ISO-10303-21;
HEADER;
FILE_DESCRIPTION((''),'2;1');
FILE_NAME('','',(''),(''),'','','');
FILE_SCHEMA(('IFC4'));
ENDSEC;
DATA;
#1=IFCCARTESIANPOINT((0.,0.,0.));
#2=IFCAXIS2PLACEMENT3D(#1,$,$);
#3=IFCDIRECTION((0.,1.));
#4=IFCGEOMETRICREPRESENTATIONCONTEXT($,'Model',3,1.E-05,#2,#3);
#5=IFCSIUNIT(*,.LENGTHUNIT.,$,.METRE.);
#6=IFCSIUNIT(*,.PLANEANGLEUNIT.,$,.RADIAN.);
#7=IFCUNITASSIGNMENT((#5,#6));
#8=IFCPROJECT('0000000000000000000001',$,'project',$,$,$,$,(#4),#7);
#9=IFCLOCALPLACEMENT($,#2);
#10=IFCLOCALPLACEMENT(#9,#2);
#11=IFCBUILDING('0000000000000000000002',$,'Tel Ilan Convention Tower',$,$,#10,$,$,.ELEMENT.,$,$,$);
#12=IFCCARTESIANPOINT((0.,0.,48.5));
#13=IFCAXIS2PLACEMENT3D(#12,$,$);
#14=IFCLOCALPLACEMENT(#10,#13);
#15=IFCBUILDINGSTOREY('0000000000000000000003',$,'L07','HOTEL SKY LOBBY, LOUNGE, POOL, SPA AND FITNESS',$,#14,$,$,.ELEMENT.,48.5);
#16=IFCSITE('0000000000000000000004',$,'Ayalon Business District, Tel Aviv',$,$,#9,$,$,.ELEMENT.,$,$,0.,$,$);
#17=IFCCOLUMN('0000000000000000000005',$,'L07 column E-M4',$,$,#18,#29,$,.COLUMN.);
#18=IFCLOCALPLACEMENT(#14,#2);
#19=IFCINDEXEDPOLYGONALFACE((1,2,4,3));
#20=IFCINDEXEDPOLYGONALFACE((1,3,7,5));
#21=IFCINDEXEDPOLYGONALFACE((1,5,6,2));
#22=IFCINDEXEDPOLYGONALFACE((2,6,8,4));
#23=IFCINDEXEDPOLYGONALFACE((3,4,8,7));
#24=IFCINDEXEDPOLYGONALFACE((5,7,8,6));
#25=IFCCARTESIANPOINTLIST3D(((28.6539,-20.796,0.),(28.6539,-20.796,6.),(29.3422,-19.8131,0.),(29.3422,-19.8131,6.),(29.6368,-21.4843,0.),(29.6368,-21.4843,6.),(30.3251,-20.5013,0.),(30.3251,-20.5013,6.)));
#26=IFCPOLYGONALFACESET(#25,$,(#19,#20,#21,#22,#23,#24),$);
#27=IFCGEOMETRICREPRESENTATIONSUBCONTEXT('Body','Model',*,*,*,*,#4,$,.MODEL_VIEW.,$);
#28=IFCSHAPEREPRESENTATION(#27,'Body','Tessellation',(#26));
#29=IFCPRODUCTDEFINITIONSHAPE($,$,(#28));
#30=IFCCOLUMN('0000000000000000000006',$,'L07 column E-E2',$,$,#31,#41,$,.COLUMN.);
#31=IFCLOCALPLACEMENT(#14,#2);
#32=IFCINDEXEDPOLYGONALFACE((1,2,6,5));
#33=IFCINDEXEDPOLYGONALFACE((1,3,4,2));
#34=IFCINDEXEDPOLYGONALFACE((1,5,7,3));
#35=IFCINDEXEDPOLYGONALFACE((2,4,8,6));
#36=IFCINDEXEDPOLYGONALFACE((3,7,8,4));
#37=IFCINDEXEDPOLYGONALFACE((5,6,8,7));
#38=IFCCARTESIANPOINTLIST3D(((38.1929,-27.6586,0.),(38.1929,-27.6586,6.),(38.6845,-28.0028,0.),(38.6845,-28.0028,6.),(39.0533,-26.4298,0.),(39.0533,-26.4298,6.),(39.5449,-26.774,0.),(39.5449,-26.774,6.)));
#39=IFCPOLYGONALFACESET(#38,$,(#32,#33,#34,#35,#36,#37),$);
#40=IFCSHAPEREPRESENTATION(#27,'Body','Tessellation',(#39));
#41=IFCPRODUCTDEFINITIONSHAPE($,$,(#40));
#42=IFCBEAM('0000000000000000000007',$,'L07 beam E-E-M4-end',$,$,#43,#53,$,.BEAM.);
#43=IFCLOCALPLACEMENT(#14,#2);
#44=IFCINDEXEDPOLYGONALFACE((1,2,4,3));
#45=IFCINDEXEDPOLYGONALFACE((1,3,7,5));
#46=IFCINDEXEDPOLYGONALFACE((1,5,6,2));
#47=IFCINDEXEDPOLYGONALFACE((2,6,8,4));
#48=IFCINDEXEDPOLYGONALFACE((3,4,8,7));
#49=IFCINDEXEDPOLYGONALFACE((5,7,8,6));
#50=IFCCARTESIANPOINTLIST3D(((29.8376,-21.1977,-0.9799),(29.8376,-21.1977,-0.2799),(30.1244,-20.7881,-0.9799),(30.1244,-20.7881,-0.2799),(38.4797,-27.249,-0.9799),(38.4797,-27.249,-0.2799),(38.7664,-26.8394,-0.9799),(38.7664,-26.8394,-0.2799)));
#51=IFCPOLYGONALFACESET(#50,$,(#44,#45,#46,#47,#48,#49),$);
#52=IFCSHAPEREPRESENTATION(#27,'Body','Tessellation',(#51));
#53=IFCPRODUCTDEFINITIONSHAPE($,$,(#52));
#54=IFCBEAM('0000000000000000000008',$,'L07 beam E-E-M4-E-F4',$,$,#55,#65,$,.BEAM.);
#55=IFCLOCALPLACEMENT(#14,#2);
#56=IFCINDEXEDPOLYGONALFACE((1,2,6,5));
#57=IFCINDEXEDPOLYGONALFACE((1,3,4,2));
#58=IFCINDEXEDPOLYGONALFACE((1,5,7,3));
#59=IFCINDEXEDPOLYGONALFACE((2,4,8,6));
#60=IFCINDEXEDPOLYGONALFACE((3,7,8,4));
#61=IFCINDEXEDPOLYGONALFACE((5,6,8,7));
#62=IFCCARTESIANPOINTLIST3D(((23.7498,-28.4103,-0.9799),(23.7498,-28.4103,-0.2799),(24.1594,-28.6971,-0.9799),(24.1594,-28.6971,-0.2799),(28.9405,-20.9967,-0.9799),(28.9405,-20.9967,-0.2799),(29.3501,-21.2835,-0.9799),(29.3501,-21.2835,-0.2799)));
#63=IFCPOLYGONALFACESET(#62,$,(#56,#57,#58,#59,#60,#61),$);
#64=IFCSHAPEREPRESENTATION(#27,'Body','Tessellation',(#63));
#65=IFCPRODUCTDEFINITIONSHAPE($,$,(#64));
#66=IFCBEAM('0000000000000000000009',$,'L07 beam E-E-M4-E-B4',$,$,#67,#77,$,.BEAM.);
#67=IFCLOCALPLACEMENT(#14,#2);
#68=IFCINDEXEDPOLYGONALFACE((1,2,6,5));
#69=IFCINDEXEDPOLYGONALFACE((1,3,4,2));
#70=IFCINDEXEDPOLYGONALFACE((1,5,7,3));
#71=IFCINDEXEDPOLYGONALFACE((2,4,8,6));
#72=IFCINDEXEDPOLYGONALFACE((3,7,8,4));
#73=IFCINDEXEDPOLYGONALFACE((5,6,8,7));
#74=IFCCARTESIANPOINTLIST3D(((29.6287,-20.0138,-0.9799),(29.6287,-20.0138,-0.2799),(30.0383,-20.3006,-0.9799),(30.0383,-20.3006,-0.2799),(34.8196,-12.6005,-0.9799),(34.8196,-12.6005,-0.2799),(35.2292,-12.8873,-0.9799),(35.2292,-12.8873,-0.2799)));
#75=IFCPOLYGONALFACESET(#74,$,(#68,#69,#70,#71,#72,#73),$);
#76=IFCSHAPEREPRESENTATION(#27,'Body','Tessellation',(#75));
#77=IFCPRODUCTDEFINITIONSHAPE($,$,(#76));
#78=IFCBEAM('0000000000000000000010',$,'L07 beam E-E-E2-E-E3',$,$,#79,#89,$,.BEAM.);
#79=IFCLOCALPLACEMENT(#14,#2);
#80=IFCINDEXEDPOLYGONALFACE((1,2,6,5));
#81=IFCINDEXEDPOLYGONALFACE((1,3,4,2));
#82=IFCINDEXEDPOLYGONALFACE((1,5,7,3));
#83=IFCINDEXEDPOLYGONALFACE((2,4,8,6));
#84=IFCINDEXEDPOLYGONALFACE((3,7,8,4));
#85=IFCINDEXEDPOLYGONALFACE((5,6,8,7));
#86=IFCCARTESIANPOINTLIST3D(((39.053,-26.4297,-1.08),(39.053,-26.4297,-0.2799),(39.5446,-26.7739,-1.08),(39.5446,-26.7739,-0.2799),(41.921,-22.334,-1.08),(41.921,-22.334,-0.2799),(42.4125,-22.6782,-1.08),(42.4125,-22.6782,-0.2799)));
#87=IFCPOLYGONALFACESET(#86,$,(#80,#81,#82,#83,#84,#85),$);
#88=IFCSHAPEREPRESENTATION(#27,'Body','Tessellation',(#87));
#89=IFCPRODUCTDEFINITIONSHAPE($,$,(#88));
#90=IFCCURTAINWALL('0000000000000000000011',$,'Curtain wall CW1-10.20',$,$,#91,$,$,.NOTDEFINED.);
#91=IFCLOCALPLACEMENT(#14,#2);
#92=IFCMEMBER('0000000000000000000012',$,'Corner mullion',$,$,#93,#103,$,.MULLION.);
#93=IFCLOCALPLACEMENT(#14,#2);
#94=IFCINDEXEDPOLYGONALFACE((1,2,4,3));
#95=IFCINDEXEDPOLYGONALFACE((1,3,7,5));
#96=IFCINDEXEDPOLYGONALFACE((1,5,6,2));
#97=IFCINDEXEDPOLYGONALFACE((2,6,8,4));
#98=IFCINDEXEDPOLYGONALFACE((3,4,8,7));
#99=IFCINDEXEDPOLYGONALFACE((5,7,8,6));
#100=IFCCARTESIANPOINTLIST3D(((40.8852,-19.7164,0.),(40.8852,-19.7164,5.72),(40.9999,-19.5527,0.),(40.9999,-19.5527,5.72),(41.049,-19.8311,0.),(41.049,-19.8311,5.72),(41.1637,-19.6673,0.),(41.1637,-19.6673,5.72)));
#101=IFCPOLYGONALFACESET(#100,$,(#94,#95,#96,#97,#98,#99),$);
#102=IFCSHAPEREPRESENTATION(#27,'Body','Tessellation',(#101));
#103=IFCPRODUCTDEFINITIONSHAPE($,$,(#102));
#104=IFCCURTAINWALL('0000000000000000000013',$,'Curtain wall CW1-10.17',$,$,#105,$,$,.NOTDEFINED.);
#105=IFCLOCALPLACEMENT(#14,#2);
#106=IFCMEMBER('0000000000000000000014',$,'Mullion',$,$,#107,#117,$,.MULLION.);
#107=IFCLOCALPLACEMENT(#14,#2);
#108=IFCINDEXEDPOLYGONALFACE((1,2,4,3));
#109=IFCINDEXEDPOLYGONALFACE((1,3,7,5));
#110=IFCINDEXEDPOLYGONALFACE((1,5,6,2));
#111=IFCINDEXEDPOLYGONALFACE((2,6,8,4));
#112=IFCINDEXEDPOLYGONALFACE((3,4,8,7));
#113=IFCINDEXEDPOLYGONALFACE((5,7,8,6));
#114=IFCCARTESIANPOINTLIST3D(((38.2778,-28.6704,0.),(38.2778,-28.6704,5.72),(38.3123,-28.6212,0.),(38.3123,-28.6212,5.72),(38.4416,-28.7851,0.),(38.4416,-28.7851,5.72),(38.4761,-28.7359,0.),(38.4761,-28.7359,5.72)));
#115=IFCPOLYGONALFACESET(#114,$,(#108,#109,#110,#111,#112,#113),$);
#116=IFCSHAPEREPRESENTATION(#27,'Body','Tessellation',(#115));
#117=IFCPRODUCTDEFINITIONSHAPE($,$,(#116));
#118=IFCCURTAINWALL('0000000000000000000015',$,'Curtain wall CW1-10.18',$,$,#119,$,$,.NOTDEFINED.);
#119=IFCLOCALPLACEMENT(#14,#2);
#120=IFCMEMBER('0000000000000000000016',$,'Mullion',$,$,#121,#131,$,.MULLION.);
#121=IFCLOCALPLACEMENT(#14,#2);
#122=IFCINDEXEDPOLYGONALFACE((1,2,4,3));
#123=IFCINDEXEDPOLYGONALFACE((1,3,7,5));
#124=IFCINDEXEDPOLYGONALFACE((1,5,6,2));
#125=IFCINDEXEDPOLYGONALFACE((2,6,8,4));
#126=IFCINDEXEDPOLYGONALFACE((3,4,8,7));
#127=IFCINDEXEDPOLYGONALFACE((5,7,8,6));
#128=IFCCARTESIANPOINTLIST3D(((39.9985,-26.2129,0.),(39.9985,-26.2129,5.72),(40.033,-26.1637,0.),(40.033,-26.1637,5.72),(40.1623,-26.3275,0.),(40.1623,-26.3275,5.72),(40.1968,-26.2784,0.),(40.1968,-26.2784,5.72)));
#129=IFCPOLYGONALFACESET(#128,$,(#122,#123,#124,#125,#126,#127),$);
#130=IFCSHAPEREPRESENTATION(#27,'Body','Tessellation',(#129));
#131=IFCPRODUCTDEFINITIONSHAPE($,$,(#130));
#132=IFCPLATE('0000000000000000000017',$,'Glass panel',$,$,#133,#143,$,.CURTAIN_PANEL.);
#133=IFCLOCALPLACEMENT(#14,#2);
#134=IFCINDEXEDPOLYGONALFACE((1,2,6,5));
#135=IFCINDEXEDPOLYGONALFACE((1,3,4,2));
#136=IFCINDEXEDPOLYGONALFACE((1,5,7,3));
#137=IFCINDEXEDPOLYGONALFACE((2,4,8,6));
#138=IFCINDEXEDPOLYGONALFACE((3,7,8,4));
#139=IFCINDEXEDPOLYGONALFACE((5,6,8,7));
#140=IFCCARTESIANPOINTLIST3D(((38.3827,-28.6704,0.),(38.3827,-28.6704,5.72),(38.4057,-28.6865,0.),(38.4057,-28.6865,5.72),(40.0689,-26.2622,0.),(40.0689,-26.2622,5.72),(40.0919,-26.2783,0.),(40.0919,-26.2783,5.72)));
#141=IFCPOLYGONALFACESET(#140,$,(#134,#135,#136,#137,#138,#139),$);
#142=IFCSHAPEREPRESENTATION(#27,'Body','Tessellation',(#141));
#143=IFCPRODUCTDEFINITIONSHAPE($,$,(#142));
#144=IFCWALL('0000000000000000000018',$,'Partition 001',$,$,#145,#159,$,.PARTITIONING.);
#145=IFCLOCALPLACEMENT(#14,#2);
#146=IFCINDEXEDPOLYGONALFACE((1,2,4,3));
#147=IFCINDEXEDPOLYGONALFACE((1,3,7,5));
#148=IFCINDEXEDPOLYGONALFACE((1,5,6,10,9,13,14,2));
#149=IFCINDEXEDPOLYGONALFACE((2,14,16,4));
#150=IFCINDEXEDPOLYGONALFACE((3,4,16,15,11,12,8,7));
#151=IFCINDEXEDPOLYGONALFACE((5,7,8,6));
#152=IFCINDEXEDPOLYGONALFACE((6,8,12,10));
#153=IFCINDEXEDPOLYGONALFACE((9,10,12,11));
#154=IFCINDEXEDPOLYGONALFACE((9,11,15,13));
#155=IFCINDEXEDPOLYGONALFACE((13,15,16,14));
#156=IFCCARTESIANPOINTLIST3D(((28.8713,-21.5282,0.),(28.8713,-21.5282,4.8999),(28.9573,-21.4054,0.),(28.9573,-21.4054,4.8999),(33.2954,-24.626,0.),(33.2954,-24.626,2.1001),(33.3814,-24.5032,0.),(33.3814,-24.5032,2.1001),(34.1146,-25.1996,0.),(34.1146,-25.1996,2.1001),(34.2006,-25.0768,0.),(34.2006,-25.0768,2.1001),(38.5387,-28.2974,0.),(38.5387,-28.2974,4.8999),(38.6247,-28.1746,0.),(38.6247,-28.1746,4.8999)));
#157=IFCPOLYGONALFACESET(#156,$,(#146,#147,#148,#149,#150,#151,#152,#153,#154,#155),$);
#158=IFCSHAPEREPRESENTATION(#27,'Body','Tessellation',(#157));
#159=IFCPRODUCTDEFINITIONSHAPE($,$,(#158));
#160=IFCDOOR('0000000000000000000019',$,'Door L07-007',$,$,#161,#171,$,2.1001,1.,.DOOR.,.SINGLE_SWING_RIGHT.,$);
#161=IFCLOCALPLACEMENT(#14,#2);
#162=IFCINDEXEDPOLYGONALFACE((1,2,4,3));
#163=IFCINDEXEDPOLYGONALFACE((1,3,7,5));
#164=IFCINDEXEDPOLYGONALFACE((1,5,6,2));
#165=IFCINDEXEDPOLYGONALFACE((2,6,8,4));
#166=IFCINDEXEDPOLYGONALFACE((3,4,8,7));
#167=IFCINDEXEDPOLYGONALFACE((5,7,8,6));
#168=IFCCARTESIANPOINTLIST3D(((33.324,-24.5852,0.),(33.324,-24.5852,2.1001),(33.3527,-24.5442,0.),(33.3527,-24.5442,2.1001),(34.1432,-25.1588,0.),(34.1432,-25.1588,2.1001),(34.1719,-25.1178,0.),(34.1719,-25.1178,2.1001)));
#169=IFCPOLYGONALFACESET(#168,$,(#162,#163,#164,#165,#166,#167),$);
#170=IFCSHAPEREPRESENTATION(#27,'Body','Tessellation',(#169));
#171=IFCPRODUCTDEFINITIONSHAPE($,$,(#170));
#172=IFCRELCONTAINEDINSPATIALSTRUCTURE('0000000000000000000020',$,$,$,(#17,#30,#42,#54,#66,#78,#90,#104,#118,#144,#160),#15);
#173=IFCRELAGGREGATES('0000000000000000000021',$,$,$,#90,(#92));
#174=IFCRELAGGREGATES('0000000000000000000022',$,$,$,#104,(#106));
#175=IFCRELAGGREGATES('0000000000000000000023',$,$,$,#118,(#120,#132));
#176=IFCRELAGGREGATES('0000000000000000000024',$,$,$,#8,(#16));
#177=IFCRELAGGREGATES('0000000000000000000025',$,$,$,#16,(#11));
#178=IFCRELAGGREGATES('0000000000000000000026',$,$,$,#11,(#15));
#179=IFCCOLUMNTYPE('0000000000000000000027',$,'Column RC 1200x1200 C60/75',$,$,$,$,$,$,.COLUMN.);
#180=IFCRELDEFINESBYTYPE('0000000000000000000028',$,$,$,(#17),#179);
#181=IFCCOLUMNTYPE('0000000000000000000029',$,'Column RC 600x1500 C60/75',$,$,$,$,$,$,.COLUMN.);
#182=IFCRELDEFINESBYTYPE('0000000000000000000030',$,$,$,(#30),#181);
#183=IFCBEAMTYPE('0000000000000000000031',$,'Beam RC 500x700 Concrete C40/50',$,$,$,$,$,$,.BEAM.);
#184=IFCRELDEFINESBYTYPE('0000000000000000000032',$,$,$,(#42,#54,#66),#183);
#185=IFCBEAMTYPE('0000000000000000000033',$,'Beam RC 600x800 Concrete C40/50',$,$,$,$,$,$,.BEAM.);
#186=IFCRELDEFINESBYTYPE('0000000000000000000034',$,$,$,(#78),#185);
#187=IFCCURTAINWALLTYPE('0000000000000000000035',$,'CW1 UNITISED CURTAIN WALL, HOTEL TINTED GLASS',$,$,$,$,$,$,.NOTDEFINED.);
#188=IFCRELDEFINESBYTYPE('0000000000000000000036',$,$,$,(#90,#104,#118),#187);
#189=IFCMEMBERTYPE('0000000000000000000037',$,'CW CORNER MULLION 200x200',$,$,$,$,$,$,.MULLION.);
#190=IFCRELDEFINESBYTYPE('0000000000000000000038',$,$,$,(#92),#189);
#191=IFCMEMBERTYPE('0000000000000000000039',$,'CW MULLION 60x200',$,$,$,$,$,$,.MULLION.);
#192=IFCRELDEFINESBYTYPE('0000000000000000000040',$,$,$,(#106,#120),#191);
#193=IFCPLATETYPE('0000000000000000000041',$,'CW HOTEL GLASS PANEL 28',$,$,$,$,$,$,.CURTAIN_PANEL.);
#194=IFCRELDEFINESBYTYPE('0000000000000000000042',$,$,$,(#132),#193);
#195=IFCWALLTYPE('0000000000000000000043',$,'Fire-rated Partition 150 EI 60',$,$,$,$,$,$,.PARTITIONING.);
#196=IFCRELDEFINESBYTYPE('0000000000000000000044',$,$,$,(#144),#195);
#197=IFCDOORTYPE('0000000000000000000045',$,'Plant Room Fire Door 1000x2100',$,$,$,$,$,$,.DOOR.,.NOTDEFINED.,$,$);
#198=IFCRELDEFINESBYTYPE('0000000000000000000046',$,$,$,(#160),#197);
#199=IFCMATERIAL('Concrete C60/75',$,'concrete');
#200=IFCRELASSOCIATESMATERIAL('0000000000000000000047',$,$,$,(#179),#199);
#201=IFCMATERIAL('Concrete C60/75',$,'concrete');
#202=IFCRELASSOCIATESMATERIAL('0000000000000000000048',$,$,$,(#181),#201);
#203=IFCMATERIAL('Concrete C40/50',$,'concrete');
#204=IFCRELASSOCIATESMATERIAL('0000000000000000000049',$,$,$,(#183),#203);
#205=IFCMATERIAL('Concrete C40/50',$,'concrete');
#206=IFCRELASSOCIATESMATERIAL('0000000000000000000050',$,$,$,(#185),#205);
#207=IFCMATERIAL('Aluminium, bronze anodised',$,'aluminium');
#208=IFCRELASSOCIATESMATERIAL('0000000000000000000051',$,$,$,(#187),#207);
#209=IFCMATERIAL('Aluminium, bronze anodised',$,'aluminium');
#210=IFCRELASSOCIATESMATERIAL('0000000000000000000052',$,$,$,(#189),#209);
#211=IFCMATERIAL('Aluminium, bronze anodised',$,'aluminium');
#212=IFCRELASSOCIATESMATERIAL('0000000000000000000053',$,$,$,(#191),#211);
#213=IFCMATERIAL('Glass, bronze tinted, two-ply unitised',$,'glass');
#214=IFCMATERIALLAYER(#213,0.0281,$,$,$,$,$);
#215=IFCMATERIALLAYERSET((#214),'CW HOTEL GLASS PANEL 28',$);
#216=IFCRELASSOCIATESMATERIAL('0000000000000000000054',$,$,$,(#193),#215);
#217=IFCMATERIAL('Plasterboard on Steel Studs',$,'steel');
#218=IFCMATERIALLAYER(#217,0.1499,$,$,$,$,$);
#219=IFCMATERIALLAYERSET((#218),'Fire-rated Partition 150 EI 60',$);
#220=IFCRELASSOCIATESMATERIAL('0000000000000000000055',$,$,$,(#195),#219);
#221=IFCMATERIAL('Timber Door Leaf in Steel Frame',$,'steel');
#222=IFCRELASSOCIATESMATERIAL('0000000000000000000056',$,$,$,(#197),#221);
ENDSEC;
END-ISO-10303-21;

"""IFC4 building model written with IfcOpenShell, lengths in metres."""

from ifc_helpers import new_model, si_unit, direction, frame, frame_2d, origin, origin_2d, place, context, subcontext, project, spatial, rectangle, extrude, material, layer, layer_set, material_profile, profile_set, type_object, element, fill, aggregate, save


model = new_model("IFC4")

# Units and contexts
model_context = context("Model", 3, precision=1e-05, world=origin(), true_north=direction((0.0, 1.0)))
body_context = subcontext(model_context, "Body", "Model", "MODEL_VIEW")
ifc_project = project(units=[si_unit("LENGTHUNIT", "METRE"), si_unit("PLANEANGLEUNIT", "RADIAN")], contexts=[model_context])

# Site, building, storey
site_placement = place(None, origin())
site = spatial("IfcSite", under=ifc_project, at=site_placement, Name="Ayalon Business District, Tel Aviv", CompositionType="ELEMENT", RefElevation=0.0)
building_placement = place(site_placement, origin())
building = spatial("IfcBuilding", under=site, at=building_placement, Name="Tel Ilan Convention Tower", CompositionType="ELEMENT")
storey_placement = place(building_placement, frame((0.0, 0.0, 48.5)))
storey = spatial("IfcBuildingStorey", under=building, at=storey_placement, Name="L07", Description="HOTEL SKY LOBBY, LOUNGE, POOL, SPA AND FITNESS", CompositionType="ELEMENT", Elevation=48.5)

# Columns
ifc_material_1 = material(Name="Concrete C60/75", Category="concrete")
ifc_material_profile_1 = material_profile(ifc_material_1, rectangle(XDim=1.2, YDim=1.2, at=origin_2d()), Name="RC 1200x1200")
ifc_profile_set_1 = profile_set([ifc_material_profile_1], Name="Concrete C60/75")
column_type_1 = type_object("IfcColumnType", Name="Column RC 1200x1200 C60/75", PredefinedType="COLUMN", material=ifc_profile_set_1)
column_1_placement = place(storey_placement, frame((29.4895, -20.6487, 0.0), z_axis=(0.0, 0.0, 1.0), x_axis=(0.819152, -0.573576, 0.0)))
element("IfcColumn", 1, at=column_1_placement, inside=storey, type_object=column_type_1, Name="L07 column E-M4", PredefinedType="COLUMN", context=body_context, shape_type="SweptSolid", body=[
    extrude(rectangle(XDim=1.2, YDim=1.2, at=origin_2d()), origin(), (0.0, 0.0, 1.0), 6.0),
])
ifc_material_2 = material(Name="Concrete C60/75", Category="concrete")
ifc_material_profile_2 = material_profile(ifc_material_2, rectangle(XDim=1.5, YDim=0.6001, at=origin_2d()), Name="RC 600x1500")
ifc_profile_set_2 = profile_set([ifc_material_profile_2], Name="Concrete C60/75")
column_type_2 = type_object("IfcColumnType", Name="Column RC 600x1500 C60/75", PredefinedType="COLUMN", material=ifc_profile_set_2)
column_2_placement = place(storey_placement, frame((38.8689, -27.2163, 0.0), z_axis=(0.0, 0.0, 1.0), x_axis=(0.573576, 0.819152, 0.0)))
element("IfcColumn", 2, at=column_2_placement, inside=storey, type_object=column_type_2, Name="L07 column E-E2", PredefinedType="COLUMN", context=body_context, shape_type="SweptSolid", body=[
    extrude(rectangle(XDim=1.5, YDim=0.6001, at=origin_2d()), origin(), (0.0, 0.0, 1.0), 6.0),
])

# Beams
ifc_material_3 = material(Name="Concrete C40/50", Category="concrete")
ifc_material_profile_3 = material_profile(ifc_material_3, rectangle(XDim=0.5, YDim=0.7, at=origin_2d()), Name="RC 500x700")
ifc_profile_set_3 = profile_set([ifc_material_profile_3], Name="Concrete C40/50")
beam_type_1 = type_object("IfcBeamType", Name="Beam RC 500x700 Concrete C40/50", PredefinedType="BEAM", material=ifc_profile_set_3)
beam_1_placement = place(storey_placement, frame((29.981, -20.9929, -0.6299), z_axis=(0.819151, -0.573577, 0.0), x_axis=(0.573577, 0.819151, 0.0)))
element("IfcBeam", 3, at=beam_1_placement, inside=storey, type_object=beam_type_1, Name="L07 beam E-E-M4-end", PredefinedType="BEAM", context=body_context, shape_type="SweptSolid", body=[
    extrude(rectangle(XDim=0.5, YDim=0.7, at=origin_2d()), origin(), (0.0, 0.0, 1.0), 10.55),
])
for number, where, z_axis, x_axis, name in (
    (4, (29.1453, -21.1401, -0.6299), (-0.573549, -0.819171, 0.0), (0.819171, -0.573549, 0.0), "L07 beam E-E-M4-E-F4"),
    (5, (29.8335, -20.1572, -0.6299), (0.57358, 0.81915, 0.0), (-0.81915, 0.57358, 0.0), "L07 beam E-E-M4-E-B4"),
):
    element("IfcBeam", number, at=place(storey_placement, frame(where, z_axis=z_axis, x_axis=x_axis)), inside=storey, type_object=beam_type_1, Name=name, PredefinedType="BEAM", context=body_context, shape_type="SweptSolid", body=[
        extrude(rectangle(XDim=0.5, YDim=0.7, at=origin_2d()), origin(), (0.0, 0.0, 1.0), 9.05),
    ])
ifc_material_4 = material(Name="Concrete C40/50", Category="concrete")
ifc_material_profile_4 = material_profile(ifc_material_4, rectangle(XDim=0.6001, YDim=0.8, at=origin_2d()), Name="RC 600x800")
ifc_profile_set_4 = profile_set([ifc_material_profile_4], Name="Concrete C40/50")
beam_type_2 = type_object("IfcBeamType", Name="Beam RC 600x800 Concrete C40/50", PredefinedType="BEAM", material=ifc_profile_set_4)
beam_2_placement = place(storey_placement, frame((39.2988, -26.6018, -0.6799), z_axis=(0.573587, 0.819145, 0.0), x_axis=(-0.819145, 0.573587, 0.0)))
element("IfcBeam", 6, at=beam_2_placement, inside=storey, type_object=beam_type_2, Name="L07 beam E-E-E2-E-E3", PredefinedType="BEAM", context=body_context, shape_type="SweptSolid", body=[
    extrude(rectangle(XDim=0.6001, YDim=0.8, at=origin_2d()), origin(), (0.0, 0.0, 1.0), 5.0),
])

# Curtain walls, members
ifc_material_5 = material(Name="Aluminium, bronze anodised", Category="aluminium")
curtain_wall_type = type_object("IfcCurtainWallType", Name="CW1 UNITISED CURTAIN WALL, HOTEL TINTED GLASS", PredefinedType="NOTDEFINED", material=ifc_material_5)
curtain_wall_1_placement = place(storey_placement, origin())
curtain_wall_1 = element("IfcCurtainWall", 7, at=curtain_wall_1_placement, inside=storey, type_object=curtain_wall_type, Name="Curtain wall CW1-10.20", PredefinedType="NOTDEFINED")
ifc_material_6 = material(Name="Aluminium, bronze anodised", Category="aluminium")
ifc_material_profile_5 = material_profile(ifc_material_6, rectangle(XDim=0.2, YDim=0.2, at=origin_2d()), Name="CW CORNER MULLION 200x200")
ifc_profile_set_5 = profile_set([ifc_material_profile_5], Name="Aluminium, bronze anodised")
member_type_1 = type_object("IfcMemberType", Name="CW CORNER MULLION 200x200", PredefinedType="MULLION", material=ifc_profile_set_5)
member_1_placement = place(storey_placement, frame((41.0244, -19.6919, 0.0), z_axis=(0.0, 0.0, 1.0), x_axis=(-0.819152, 0.573576, 0.0)))
member_1 = element("IfcMember", 8, at=member_1_placement, type_object=member_type_1, Name="Corner mullion", PredefinedType="MULLION", context=body_context, shape_type="SweptSolid", body=[
    extrude(rectangle(XDim=0.2, YDim=0.2, at=origin_2d()), origin(), (0.0, 0.0, 1.0), 5.72),
])
aggregate(curtain_wall_1, [member_1])
curtain_wall_2_placement = place(storey_placement, origin())
curtain_wall_2 = element("IfcCurtainWall", 9, at=curtain_wall_2_placement, inside=storey, type_object=curtain_wall_type, Name="Curtain wall CW1-10.17", PredefinedType="NOTDEFINED")
ifc_material_7 = material(Name="Aluminium, bronze anodised", Category="aluminium")
ifc_material_profile_6 = material_profile(ifc_material_7, rectangle(XDim=0.0601, YDim=0.2, at=origin_2d()), Name="CW MULLION 60x200")
ifc_profile_set_6 = profile_set([ifc_material_profile_6], Name="Aluminium, bronze anodised")
member_type_2 = type_object("IfcMemberType", Name="CW MULLION 60x200", PredefinedType="MULLION", material=ifc_profile_set_6)
member_2_placement = place(storey_placement, frame((38.377, -28.7031, 0.0), z_axis=(0.0, 0.0, 1.0), x_axis=(0.573576, 0.819152, 0.0)))
member_2 = element("IfcMember", 10, at=member_2_placement, type_object=member_type_2, Name="Mullion", PredefinedType="MULLION", context=body_context, shape_type="SweptSolid", body=[
    extrude(rectangle(XDim=0.0601, YDim=0.2, at=origin_2d()), origin(), (0.0, 0.0, 1.0), 5.72),
])
aggregate(curtain_wall_2, [member_2])

# Curtain wall, member, plate
curtain_wall_3_placement = place(storey_placement, origin())
curtain_wall_3 = element("IfcCurtainWall", 11, at=curtain_wall_3_placement, inside=storey, type_object=curtain_wall_type, Name="Curtain wall CW1-10.18", PredefinedType="NOTDEFINED")
member_3_placement = place(storey_placement, frame((40.0977, -26.2456, 0.0), z_axis=(0.0, 0.0, 1.0), x_axis=(0.573576, 0.819152, 0.0)))
member_3 = element("IfcMember", 12, at=member_3_placement, type_object=member_type_2, Name="Mullion", PredefinedType="MULLION", context=body_context, shape_type="SweptSolid", body=[
    extrude(rectangle(XDim=0.0601, YDim=0.2, at=origin_2d()), origin(), (0.0, 0.0, 1.0), 5.72),
])
ifc_material_8 = material(Name="Glass, bronze tinted, two-ply unitised", Category="glass")
ifc_layer_1 = layer(ifc_material_8, 0.0281)
ifc_layer_set_1 = layer_set([ifc_layer_1], Name="CW HOTEL GLASS PANEL 28")
plate_type = type_object("IfcPlateType", Name="CW HOTEL GLASS PANEL 28", PredefinedType="CURTAIN_PANEL", material=ifc_layer_set_1)
plate_placement = place(storey_placement, frame((39.2373, -27.4744, 0.0), z_axis=(0.0, 0.0, 1.0), x_axis=(0.573576, 0.819152, 0.0)))
plate = element("IfcPlate", 13, at=plate_placement, type_object=plate_type, Name="Glass panel", PredefinedType="CURTAIN_PANEL", context=body_context, shape_type="SweptSolid", body=[
    extrude(rectangle(XDim=2.9399, YDim=0.0281, at=origin_2d()), origin(), (0.0, 0.0, 1.0), 5.72),
])
aggregate(curtain_wall_3, [member_3, plate])

# Wall, opening, door
ifc_material_9 = material(Name="Plasterboard on Steel Studs", Category="steel")
ifc_layer_2 = layer(ifc_material_9, 0.1499)
ifc_layer_set_2 = layer_set([ifc_layer_2], Name="Fire-rated Partition 150 EI 60")
wall_type_1 = type_object("IfcWallType", Name="Fire-rated Partition 150 EI 60", PredefinedType="PARTITIONING", material=ifc_layer_set_2)
wall_1_placement = place(storey_placement, frame((28.9143, -21.4668, 0.0), z_axis=(0.0, 0.0, 1.0), x_axis=(0.81915, -0.573579, 0.0)))
wall_1 = element("IfcWall", 14, at=wall_1_placement, inside=storey, type_object=wall_type_1, Name="Partition 001", PredefinedType="PARTITIONING", context=body_context, shape_type="SweptSolid", body=[
    extrude(rectangle(XDim=11.8018, YDim=0.1499, at=frame_2d((5.9009, 0.0))), origin(), (0.0, 0.0, 1.0), 4.8999),
])
opening_1_placement = place(wall_1_placement, frame((5.4009, 0.0, 0.0)))
opening_1 = element("IfcOpeningElement", 15, at=opening_1_placement, cuts=wall_1, PredefinedType="OPENING", context=body_context, shape_type="SweptSolid", body=[
    extrude(rectangle(XDim=1.0, YDim=2.1001, at=frame_2d((0.5, 1.05))), frame((0.0, 0.085, 0.0), z_axis=(0.0, -1.0, 0.0), x_axis=(1.0, 0.0, 0.0)), (0.0, 0.0, 1.0), 0.1699),
])
ifc_material_10 = material(Name="Timber Door Leaf in Steel Frame", Category="steel")
door_type_1 = type_object("IfcDoorType", Name="Plant Room Fire Door 1000x2100", OperationType="NOTDEFINED", PredefinedType="DOOR", material=ifc_material_10)
door_1_placement = place(opening_1_placement, origin())
door_1 = element("IfcDoor", 16, at=door_1_placement, inside=storey, type_object=door_type_1, Name="Door L07-007", OperationType="SINGLE_SWING_RIGHT", OverallHeight=2.1001, OverallWidth=1.0, PredefinedType="DOOR", context=body_context, shape_type="SweptSolid", body=[
    extrude(rectangle(XDim=1.0, YDim=2.1001, at=frame_2d((0.5, 1.05))), frame((0.0, 0.0249, 0.0), z_axis=(0.0, -1.0, 0.0), x_axis=(1.0, 0.0, 0.0)), (0.0, 0.0, 1.0), 0.05),
])
fill(opening_1, door_1)

save(model, "model.ifc")
